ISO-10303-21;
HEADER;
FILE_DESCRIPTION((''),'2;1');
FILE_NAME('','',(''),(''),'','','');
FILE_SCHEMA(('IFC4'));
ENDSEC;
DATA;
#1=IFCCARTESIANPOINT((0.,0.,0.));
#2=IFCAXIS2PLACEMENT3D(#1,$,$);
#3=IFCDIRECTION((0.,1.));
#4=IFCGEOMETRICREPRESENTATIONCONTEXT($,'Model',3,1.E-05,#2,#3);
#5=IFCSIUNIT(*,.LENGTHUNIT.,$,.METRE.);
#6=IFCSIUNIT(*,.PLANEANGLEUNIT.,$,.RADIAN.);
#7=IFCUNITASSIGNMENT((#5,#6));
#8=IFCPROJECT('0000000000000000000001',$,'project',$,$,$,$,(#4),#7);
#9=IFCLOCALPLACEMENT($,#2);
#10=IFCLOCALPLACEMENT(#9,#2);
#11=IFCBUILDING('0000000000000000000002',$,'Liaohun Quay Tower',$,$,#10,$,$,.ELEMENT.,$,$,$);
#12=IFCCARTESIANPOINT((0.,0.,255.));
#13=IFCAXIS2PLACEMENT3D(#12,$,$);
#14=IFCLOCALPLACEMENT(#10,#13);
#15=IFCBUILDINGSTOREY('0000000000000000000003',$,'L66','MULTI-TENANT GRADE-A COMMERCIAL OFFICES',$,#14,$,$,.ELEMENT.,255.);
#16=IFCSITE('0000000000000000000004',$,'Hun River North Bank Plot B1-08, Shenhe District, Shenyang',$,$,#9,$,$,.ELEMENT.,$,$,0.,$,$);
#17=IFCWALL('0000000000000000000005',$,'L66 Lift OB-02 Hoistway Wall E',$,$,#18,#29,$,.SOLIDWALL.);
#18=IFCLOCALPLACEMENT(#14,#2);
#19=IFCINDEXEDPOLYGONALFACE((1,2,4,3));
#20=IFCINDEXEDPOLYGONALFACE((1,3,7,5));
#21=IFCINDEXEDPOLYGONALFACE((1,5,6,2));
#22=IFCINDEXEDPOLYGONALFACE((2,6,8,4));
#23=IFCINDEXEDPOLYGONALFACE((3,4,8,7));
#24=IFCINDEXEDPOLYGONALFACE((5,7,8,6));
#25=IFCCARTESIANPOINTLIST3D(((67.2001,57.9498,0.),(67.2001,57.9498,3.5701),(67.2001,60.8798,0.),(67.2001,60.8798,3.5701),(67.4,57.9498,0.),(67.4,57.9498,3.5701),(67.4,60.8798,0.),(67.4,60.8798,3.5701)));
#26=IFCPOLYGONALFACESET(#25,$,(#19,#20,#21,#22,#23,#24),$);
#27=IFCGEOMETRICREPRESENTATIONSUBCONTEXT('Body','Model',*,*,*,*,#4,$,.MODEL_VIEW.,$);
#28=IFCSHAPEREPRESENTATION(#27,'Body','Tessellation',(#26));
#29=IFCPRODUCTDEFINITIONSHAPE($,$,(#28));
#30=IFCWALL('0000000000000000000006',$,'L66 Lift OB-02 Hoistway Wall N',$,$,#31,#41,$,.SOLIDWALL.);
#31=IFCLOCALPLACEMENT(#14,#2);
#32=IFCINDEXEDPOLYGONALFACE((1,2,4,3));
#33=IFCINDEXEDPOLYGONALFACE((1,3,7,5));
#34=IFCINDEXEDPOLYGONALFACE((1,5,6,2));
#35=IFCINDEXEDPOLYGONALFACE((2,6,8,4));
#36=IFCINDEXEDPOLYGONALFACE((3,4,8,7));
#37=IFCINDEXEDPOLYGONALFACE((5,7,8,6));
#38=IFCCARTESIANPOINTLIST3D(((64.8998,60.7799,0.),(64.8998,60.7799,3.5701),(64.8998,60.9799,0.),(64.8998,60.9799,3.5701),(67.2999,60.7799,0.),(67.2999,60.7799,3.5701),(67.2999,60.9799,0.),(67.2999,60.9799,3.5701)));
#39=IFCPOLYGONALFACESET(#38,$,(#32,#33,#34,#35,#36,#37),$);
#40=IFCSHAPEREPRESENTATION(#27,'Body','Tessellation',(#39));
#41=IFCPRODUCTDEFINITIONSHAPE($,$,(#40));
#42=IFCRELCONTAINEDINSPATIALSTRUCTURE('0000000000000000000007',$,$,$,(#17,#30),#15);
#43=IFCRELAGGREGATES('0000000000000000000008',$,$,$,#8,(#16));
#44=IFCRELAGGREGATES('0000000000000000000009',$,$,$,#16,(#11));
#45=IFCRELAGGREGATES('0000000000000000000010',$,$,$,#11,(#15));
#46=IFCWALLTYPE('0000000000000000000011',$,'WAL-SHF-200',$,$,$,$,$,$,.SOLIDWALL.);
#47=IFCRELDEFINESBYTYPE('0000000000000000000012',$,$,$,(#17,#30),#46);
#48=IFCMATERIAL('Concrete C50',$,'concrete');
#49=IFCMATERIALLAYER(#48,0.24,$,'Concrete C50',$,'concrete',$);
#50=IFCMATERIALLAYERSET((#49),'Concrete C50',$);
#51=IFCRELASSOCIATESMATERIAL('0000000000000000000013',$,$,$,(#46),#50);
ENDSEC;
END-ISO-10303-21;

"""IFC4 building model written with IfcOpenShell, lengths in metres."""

from ifc_helpers import new_model, si_unit, direction, frame, frame_2d, origin, place, context, subcontext, project, spatial, rectangle, extrude, material, layer, layer_set, type_object, element, save


model = new_model("IFC4")

# Units and contexts
model_context = context("Model", 3, precision=1e-05, world=origin(), true_north=direction((0.0, 1.0)))
body_context = subcontext(model_context, "Body", "Model", "MODEL_VIEW")
ifc_project = project(units=[si_unit("LENGTHUNIT", "METRE"), si_unit("PLANEANGLEUNIT", "RADIAN")], contexts=[model_context])

# Site, building, storey
site_placement = place(None, origin())
site = spatial("IfcSite", under=ifc_project, at=site_placement, Name="Hun River North Bank Plot B1-08, Shenhe District, Shenyang", CompositionType="ELEMENT", RefElevation=0.0)
building_placement = place(site_placement, origin())
building = spatial("IfcBuilding", under=site, at=building_placement, Name="Liaohun Quay Tower", CompositionType="ELEMENT")
storey_placement = place(building_placement, frame((0.0, 0.0, 255.0)))
storey = spatial("IfcBuildingStorey", under=building, at=storey_placement, Name="L66", Description="MULTI-TENANT GRADE-A COMMERCIAL OFFICES", CompositionType="ELEMENT", Elevation=255.0)

# Walls
ifc_material_1 = material(Name="Concrete C50", Category="concrete")
ifc_layer_1 = layer(ifc_material_1, 0.24, Name="Concrete C50", Category="concrete")
ifc_layer_set_1 = layer_set([ifc_layer_1], Name="Concrete C50")
wall_type_1 = type_object("IfcWallType", Name="WAL-SHF-200", PredefinedType="SOLIDWALL", material=ifc_layer_set_1)
wall_1_placement = place(storey_placement, frame((67.3, 57.95, 0.0), z_axis=(0.0, 0.0, 1.0), x_axis=(0.0, 1.0, 0.0)))
element("IfcWall", 1, at=wall_1_placement, inside=storey, type_object=wall_type_1, Name="L66 Lift OB-02 Hoistway Wall E", PredefinedType="SOLIDWALL", context=body_context, shape_type="SweptSolid", body=[
    extrude(rectangle(XDim=2.9299, YDim=0.2, at=frame_2d((1.4648, 0.0))), origin(), (0.0, 0.0, 1.0), 3.5701),
])
wall_2_placement = place(storey_placement, frame((67.3, 60.8799, 0.0), z_axis=(0.0, 0.0, 1.0), x_axis=(-1.0, 0.0, 0.0)))
element("IfcWall", 2, at=wall_2_placement, inside=storey, type_object=wall_type_1, Name="L66 Lift OB-02 Hoistway Wall N", PredefinedType="SOLIDWALL", context=body_context, shape_type="SweptSolid", body=[
    extrude(rectangle(XDim=2.4001, YDim=0.2, at=frame_2d((1.2002, 0.0))), origin(), (0.0, 0.0, 1.0), 3.5701),
])

save(model, "model.ifc")
